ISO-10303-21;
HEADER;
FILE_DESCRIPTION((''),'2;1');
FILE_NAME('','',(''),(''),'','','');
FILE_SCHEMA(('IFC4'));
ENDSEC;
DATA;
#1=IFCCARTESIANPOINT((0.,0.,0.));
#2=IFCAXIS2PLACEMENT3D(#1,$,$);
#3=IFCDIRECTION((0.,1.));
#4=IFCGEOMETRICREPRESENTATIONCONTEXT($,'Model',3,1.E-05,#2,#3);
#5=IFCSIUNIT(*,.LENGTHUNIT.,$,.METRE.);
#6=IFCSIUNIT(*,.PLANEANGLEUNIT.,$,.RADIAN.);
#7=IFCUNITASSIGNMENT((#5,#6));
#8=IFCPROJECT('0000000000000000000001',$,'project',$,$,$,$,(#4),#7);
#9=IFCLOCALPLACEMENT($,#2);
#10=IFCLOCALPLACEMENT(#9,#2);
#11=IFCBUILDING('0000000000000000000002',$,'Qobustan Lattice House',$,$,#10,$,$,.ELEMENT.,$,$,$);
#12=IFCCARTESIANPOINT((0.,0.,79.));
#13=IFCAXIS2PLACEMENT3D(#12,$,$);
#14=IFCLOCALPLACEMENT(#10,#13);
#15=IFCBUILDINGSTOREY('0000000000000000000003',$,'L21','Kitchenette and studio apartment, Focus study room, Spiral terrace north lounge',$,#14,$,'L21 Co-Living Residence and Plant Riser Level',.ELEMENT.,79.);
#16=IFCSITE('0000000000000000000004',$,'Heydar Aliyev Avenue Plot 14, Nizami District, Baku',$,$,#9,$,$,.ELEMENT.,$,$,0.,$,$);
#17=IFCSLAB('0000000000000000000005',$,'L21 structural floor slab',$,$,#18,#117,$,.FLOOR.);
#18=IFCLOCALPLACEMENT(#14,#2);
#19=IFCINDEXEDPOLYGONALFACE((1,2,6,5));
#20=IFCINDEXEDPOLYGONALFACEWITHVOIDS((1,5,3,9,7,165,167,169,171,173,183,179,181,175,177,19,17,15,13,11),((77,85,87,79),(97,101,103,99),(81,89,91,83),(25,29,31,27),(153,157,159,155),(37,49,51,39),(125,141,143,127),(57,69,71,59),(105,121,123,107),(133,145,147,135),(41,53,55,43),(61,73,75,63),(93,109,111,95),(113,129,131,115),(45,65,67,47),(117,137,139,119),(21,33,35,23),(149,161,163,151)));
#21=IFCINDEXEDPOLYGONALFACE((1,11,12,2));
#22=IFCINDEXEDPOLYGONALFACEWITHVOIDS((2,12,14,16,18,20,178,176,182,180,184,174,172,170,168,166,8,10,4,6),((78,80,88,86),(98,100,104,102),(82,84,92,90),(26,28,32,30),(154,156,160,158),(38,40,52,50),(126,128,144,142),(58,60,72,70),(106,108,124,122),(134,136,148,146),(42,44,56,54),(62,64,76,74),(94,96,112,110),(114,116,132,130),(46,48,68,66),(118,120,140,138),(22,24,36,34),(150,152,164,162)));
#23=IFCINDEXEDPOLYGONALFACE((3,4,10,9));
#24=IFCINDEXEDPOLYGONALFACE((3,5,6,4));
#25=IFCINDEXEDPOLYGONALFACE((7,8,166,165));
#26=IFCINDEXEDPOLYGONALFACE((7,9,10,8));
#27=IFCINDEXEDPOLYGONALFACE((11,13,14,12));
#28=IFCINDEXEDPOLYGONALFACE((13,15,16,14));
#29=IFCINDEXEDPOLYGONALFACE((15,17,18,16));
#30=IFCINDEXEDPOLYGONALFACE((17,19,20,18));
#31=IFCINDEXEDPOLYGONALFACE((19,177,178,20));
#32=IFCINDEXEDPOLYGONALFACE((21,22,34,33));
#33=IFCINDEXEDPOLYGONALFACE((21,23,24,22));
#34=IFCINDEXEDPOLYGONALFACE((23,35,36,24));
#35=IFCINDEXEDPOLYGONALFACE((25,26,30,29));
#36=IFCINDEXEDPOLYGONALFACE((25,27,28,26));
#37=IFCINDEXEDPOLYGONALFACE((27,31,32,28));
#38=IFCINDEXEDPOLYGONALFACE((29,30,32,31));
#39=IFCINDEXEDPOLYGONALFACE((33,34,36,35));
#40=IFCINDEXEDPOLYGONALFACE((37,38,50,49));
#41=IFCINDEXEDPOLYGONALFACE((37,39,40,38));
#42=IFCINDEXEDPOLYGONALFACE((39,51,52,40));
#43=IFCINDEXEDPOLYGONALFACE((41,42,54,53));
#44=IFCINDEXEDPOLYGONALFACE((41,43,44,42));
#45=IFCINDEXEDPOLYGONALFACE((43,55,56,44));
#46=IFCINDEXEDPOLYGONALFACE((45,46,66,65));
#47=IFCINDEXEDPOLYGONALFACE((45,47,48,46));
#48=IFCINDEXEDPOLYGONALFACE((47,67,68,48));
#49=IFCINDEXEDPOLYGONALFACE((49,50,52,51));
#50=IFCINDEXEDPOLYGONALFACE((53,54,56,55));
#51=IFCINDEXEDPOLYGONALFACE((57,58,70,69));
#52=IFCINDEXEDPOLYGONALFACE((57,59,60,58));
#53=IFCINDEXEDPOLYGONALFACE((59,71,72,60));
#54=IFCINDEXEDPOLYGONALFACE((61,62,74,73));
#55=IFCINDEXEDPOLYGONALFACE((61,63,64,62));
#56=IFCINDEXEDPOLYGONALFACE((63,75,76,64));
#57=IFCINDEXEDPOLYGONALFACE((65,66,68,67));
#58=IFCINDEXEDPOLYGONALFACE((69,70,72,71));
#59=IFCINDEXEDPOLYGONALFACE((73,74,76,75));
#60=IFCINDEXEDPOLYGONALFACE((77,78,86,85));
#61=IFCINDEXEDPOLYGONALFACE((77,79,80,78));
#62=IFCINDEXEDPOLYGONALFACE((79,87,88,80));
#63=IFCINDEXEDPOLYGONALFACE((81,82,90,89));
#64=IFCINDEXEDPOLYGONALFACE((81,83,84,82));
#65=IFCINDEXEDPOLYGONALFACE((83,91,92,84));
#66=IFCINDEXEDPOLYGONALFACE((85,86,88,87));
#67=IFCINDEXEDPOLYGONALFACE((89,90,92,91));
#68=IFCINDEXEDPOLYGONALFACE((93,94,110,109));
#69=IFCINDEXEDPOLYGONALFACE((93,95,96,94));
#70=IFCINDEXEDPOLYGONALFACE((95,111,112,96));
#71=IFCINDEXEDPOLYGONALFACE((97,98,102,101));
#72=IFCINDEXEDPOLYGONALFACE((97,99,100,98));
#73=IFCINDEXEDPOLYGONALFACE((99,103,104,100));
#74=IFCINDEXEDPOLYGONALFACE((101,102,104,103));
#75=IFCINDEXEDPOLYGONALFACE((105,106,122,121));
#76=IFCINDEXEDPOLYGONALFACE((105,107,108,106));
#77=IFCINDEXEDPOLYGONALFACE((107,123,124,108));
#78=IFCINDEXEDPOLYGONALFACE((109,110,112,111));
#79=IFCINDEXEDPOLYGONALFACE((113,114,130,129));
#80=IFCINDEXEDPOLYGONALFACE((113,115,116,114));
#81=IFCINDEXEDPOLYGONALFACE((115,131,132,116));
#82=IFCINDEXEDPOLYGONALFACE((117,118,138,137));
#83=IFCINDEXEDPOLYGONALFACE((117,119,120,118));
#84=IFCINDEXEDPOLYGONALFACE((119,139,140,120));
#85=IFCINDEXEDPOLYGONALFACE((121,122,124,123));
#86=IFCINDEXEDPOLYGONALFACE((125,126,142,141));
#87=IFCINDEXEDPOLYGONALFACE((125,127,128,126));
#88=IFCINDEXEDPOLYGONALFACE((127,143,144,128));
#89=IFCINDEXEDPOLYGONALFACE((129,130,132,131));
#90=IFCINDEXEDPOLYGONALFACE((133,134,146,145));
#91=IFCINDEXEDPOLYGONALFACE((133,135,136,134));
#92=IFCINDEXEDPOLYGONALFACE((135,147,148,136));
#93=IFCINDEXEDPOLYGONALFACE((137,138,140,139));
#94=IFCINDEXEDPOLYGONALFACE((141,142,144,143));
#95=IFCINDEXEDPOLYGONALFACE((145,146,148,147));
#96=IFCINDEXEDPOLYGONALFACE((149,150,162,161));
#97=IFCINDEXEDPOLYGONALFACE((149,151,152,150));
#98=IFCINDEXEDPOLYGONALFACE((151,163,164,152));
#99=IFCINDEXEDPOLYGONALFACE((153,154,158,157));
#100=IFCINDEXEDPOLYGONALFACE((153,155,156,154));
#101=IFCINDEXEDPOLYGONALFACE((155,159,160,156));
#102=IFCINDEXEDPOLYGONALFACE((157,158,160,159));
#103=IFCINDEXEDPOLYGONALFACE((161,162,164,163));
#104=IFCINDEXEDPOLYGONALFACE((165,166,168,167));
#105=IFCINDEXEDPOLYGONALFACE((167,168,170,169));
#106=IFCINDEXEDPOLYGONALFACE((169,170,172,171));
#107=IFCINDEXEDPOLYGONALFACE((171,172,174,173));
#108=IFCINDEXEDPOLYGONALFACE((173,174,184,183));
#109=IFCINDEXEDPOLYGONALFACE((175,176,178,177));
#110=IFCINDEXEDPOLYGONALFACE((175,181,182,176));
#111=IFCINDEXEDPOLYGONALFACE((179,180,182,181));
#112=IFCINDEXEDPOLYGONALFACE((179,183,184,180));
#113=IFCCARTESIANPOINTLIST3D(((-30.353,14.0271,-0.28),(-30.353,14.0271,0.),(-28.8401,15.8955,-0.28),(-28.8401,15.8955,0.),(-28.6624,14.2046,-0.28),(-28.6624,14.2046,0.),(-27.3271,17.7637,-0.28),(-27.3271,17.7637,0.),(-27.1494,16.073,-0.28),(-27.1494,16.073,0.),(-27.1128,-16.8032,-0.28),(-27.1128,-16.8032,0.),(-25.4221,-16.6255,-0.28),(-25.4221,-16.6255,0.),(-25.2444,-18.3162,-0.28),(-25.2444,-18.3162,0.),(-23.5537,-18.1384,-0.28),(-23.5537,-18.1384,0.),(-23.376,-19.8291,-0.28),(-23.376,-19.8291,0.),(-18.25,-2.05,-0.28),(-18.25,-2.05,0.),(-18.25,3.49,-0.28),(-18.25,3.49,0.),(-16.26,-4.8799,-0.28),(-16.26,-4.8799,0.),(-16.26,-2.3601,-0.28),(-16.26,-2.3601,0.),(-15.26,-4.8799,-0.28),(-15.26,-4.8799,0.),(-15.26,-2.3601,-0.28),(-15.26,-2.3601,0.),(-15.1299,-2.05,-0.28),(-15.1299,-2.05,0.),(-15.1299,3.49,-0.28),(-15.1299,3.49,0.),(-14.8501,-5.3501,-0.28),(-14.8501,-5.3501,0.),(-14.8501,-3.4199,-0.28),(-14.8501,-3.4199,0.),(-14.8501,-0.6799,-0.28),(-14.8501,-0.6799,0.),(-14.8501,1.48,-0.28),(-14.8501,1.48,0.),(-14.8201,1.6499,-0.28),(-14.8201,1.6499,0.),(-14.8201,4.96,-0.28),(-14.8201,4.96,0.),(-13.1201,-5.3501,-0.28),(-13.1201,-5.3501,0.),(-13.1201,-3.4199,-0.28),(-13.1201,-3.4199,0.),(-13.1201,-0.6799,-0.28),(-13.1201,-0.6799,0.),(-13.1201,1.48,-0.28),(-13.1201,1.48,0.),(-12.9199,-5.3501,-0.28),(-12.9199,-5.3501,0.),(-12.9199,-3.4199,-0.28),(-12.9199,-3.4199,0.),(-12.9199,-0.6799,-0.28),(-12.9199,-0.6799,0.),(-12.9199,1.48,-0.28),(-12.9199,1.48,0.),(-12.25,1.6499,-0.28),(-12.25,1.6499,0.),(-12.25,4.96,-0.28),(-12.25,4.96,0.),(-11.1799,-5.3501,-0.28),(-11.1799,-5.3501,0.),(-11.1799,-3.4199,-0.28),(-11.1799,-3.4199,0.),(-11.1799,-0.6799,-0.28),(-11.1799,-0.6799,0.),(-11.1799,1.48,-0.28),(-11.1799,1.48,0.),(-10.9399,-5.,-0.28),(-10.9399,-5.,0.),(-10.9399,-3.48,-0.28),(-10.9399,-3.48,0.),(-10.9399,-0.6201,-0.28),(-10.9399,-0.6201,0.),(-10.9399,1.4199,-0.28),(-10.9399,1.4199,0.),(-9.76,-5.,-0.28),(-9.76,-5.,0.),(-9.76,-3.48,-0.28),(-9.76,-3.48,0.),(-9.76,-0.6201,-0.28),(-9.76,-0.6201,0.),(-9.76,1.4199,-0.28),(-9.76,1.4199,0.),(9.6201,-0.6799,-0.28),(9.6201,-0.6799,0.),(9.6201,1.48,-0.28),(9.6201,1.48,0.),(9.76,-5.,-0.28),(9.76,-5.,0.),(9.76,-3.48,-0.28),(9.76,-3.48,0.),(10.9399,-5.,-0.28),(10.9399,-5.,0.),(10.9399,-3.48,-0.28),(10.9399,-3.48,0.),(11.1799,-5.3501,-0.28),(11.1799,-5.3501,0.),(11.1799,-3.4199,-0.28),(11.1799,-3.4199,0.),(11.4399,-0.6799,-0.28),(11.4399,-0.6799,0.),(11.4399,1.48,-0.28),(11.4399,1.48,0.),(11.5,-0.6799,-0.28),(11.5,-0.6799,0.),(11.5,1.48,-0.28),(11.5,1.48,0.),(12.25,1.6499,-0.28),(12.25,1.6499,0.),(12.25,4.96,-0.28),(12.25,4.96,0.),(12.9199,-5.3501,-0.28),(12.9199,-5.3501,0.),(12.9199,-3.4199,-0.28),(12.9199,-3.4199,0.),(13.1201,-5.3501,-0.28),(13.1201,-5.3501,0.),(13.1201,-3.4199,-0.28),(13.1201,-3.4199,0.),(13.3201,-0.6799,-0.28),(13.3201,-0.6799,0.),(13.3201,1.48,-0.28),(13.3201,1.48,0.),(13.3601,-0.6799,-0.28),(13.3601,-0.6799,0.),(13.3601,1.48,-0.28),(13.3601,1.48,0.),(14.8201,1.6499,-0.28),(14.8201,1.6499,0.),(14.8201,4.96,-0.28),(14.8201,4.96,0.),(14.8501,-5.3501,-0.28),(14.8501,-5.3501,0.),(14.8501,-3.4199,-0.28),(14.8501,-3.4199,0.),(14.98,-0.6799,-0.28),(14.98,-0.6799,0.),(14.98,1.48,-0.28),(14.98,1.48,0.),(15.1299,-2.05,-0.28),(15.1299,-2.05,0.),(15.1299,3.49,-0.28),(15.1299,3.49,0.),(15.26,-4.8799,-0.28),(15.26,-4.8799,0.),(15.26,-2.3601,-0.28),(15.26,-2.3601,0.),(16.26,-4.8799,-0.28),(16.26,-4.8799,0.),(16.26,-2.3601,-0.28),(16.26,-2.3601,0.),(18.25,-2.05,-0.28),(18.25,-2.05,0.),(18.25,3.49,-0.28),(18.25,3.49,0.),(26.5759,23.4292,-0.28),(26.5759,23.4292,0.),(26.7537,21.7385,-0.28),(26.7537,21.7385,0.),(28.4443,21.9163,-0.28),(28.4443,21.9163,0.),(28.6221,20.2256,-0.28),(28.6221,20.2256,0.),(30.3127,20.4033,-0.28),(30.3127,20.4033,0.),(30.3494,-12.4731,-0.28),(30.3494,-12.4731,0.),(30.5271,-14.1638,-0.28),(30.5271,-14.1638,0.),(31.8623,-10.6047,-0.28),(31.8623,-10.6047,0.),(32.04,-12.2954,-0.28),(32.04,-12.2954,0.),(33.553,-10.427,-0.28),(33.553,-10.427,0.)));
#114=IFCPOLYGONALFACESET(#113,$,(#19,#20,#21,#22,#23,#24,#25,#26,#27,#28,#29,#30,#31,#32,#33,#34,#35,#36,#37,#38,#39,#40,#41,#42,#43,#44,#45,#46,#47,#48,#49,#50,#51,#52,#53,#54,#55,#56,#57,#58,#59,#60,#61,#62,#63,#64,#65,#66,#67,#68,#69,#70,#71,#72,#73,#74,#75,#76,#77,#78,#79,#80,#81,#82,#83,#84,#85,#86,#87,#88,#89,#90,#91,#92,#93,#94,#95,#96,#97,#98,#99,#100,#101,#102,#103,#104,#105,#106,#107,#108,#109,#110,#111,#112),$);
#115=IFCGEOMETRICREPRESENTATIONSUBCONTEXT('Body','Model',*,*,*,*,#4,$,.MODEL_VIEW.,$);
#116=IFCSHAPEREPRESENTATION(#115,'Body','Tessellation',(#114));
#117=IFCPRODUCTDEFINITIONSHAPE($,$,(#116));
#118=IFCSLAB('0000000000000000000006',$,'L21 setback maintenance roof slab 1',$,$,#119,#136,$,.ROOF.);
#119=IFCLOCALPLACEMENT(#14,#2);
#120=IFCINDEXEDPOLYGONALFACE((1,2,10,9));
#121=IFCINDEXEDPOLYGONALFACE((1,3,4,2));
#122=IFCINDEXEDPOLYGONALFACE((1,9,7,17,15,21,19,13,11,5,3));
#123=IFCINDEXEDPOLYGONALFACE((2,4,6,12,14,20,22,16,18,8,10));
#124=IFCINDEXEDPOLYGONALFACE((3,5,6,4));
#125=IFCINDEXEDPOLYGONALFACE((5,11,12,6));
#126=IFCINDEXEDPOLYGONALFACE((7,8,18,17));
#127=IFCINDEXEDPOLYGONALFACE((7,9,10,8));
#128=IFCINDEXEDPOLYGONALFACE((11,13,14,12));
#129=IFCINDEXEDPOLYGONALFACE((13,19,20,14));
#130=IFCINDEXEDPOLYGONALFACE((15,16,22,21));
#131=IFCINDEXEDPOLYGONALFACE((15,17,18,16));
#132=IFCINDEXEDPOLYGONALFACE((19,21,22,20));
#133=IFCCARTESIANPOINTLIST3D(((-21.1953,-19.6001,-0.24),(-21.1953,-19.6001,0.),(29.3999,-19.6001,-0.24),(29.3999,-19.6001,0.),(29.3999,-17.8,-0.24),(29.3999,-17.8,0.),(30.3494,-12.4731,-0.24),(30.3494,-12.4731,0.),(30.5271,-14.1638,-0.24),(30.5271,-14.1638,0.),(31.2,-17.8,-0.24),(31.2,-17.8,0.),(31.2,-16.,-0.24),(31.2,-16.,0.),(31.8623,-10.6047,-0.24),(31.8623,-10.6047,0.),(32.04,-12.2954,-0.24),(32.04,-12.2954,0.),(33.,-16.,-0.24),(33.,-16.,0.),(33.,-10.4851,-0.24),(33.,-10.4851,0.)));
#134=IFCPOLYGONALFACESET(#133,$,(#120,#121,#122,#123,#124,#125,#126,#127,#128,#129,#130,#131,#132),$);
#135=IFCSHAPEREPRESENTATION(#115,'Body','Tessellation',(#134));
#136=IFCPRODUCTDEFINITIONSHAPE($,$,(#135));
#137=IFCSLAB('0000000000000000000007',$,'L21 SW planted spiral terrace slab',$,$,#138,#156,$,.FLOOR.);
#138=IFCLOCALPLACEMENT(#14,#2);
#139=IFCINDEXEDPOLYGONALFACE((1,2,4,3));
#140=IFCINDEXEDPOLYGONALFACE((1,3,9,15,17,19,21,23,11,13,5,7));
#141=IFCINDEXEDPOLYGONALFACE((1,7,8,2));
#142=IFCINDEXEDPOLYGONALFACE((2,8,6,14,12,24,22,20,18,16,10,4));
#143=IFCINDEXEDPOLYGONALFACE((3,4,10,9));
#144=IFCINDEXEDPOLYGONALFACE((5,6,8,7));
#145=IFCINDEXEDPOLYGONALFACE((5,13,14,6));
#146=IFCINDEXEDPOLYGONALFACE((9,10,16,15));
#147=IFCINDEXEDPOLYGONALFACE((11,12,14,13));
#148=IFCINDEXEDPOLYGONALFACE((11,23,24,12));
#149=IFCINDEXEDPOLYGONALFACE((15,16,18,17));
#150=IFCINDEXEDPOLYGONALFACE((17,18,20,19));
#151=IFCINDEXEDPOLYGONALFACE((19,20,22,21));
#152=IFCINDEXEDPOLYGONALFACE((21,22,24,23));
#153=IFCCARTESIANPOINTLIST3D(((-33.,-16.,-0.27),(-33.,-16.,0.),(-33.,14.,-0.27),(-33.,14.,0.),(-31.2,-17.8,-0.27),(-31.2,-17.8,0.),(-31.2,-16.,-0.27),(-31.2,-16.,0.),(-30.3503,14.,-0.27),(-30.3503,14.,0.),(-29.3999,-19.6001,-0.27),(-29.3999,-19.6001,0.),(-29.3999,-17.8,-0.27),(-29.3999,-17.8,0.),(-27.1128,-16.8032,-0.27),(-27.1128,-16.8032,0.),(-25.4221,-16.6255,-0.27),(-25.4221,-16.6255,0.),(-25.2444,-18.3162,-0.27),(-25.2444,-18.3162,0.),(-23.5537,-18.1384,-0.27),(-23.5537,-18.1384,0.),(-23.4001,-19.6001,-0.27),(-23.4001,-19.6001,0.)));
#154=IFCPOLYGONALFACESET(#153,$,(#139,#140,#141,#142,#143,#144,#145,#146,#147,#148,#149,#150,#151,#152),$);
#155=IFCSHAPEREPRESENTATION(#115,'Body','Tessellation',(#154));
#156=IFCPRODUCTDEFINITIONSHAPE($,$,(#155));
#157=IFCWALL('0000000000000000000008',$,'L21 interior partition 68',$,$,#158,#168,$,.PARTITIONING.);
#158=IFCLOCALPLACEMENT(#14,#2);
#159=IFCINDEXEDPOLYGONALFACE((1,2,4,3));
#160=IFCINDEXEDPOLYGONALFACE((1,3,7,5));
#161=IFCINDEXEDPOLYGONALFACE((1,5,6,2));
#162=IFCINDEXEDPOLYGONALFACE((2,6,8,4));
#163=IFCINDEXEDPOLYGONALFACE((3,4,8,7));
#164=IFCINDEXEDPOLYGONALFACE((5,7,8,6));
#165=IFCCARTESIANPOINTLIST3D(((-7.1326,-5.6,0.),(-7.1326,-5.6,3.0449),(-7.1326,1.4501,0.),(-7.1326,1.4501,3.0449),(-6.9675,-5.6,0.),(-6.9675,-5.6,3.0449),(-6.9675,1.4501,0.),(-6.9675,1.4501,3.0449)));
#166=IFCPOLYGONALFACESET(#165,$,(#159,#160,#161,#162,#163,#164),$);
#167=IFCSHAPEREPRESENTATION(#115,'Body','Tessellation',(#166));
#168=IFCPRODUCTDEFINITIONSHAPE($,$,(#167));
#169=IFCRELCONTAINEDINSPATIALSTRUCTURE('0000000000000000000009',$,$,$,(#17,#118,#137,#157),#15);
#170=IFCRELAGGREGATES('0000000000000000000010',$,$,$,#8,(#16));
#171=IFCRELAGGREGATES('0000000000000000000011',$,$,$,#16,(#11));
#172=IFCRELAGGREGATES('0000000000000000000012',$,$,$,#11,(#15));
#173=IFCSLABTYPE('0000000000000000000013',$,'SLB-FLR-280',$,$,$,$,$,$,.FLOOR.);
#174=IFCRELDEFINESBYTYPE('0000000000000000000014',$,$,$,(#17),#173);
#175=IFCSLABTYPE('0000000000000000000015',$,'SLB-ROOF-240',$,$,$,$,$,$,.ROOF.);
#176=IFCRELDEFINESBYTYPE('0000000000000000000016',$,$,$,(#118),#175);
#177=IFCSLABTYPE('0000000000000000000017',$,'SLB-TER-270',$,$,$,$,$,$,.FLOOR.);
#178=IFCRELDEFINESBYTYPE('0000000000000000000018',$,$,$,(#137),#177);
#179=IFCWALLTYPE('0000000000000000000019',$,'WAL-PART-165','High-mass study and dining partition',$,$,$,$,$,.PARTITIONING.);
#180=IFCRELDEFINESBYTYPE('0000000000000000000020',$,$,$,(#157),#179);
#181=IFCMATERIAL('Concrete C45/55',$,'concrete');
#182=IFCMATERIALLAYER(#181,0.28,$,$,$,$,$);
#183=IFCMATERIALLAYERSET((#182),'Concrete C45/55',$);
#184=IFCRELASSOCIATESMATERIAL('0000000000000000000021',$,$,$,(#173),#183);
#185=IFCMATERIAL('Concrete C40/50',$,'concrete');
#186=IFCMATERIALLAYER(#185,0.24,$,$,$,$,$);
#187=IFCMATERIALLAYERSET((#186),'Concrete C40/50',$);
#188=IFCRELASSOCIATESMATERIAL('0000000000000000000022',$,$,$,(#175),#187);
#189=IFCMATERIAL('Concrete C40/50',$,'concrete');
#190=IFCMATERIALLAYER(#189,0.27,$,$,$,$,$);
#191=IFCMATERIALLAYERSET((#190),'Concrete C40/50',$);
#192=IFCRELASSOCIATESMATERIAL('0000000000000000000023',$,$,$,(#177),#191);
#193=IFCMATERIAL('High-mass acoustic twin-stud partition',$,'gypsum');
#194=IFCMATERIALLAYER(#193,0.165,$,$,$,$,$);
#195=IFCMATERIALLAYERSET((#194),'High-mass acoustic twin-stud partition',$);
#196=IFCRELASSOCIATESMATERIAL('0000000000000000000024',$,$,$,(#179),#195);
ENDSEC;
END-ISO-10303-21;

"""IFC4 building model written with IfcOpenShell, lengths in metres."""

from ifc_helpers import new_model, si_unit, direction, frame, frame_2d, origin, place, context, subcontext, project, spatial, polyline, rectangle, outline, extrude, material, layer, layer_set, type_object, element, save


model = new_model("IFC4")

# Units and contexts
model_context = context("Model", 3, precision=1e-05, world=origin(), true_north=direction((0.0, 1.0)))
body_context = subcontext(model_context, "Body", "Model", "MODEL_VIEW")
ifc_project = project(units=[si_unit("LENGTHUNIT", "METRE"), si_unit("PLANEANGLEUNIT", "RADIAN")], contexts=[model_context])

# Site, building, storey
site_placement = place(None, origin())
site = spatial("IfcSite", under=ifc_project, at=site_placement, Name="Heydar Aliyev Avenue Plot 14, Nizami District, Baku", CompositionType="ELEMENT", RefElevation=0.0)
building_placement = place(site_placement, origin())
building = spatial("IfcBuilding", under=site, at=building_placement, Name="Qobustan Lattice House", CompositionType="ELEMENT")
storey_placement = place(building_placement, frame((0.0, 0.0, 79.0)))
storey = spatial("IfcBuildingStorey", under=building, at=storey_placement, Name="L21", Description="Kitchenette and studio apartment, Focus study room, Spiral terrace north lounge", LongName="L21 Co-Living Residence and Plant Riser Level", CompositionType="ELEMENT", Elevation=79.0)

# Slabs
ifc_material_1 = material(Name="Concrete C45/55", Category="concrete")
ifc_layer_1 = layer(ifc_material_1, 0.28)
ifc_layer_set_1 = layer_set([ifc_layer_1], Name="Concrete C45/55")
slab_type_1 = type_object("IfcSlabType", Name="SLB-FLR-280", PredefinedType="FLOOR", material=ifc_layer_set_1)
slab_1_placement = place(storey_placement, frame((0.0, 0.0, -0.28)))
element("IfcSlab", 1, at=slab_1_placement, inside=storey, type_object=slab_type_1, Name="L21 structural floor slab", PredefinedType="FLOOR", context=body_context, shape_type="SweptSolid", body=[
    extrude(outline(polyline([(-23.376, -19.8291), (30.5271, -14.1638), (30.3494, -12.4731), (32.04, -12.2954), (31.8623, -10.6047), (33.553, -10.427), (30.3127, 20.4033), (28.6221, 20.2256), (28.4443, 21.9163), (26.7537, 21.7385), (26.5759, 23.4292), (-27.3271, 17.7637), (-27.1494, 16.073), (-28.8401, 15.8955), (-28.6624, 14.2046), (-30.353, 14.0271), (-27.1128, -16.8032), (-25.4221, -16.6255), (-25.2444, -18.3162), (-23.5537, -18.1384), (-23.376, -19.8291)]), holes=[polyline([(-18.25, -2.05), (-18.25, 3.49), (-15.1299, 3.49), (-15.1299, -2.05), (-18.25, -2.05)]), polyline([(15.1299, -2.05), (15.1299, 3.49), (18.25, 3.49), (18.25, -2.05), (15.1299, -2.05)]), polyline([(-14.8201, 1.6499), (-14.8201, 4.96), (-12.25, 4.96), (-12.25, 1.6499), (-14.8201, 1.6499)]), polyline([(12.25, 1.6499), (12.25, 4.96), (14.8201, 4.96), (14.8201, 1.6499), (12.25, 1.6499)]), polyline([(-16.26, -4.8799), (-16.26, -2.3601), (-15.26, -2.3601), (-15.26, -4.8799), (-16.26, -4.8799)]), polyline([(15.26, -4.8799), (15.26, -2.3601), (16.26, -2.3601), (16.26, -4.8799), (15.26, -4.8799)]), polyline([(-14.8501, -5.3501), (-14.8501, -3.4199), (-13.1201, -3.4199), (-13.1201, -5.3501), (-14.8501, -5.3501)]), polyline([(-12.9199, -5.3501), (-12.9199, -3.4199), (-11.1799, -3.4199), (-11.1799, -5.3501), (-12.9199, -5.3501)]), polyline([(-14.8501, -0.6799), (-14.8501, 1.48), (-13.1201, 1.48), (-13.1201, -0.6799), (-14.8501, -0.6799)]), polyline([(-12.9199, -0.6799), (-12.9199, 1.48), (-11.1799, 1.48), (-11.1799, -0.6799), (-12.9199, -0.6799)]), polyline([(-10.9399, -5.0), (-10.9399, -3.48), (-9.76, -3.48), (-9.76, -5.0), (-10.9399, -5.0)]), polyline([(-10.9399, -0.6201), (-10.9399, 1.4199), (-9.76, 1.4199), (-9.76, -0.6201), (-10.9399, -0.6201)]), polyline([(11.1799, -5.3501), (11.1799, -3.4199), (12.9199, -3.4199), (12.9199, -5.3501), (11.1799, -5.3501)]), polyline([(13.1201, -5.3501), (13.1201, -3.4199), (14.8501, -3.4199), (14.8501, -5.3501), (13.1201, -5.3501)]), polyline([(9.76, -5.0), (9.76, -3.48), (10.9399, -3.48), (10.9399, -5.0), (9.76, -5.0)]), polyline([(13.3601, -0.6799), (13.3601, 1.48), (14.98, 1.48), (14.98, -0.6799), (13.3601, -0.6799)]), polyline([(9.6201, -0.6799), (9.6201, 1.48), (11.4399, 1.48), (11.4399, -0.6799), (9.6201, -0.6799)]), polyline([(11.5, -0.6799), (11.5, 1.48), (13.3201, 1.48), (13.3201, -0.6799), (11.5, -0.6799)])]), origin(), (0.0, 0.0, 1.0), 0.28),
])
ifc_material_2 = material(Name="Concrete C40/50", Category="concrete")
ifc_layer_2 = layer(ifc_material_2, 0.24)
ifc_layer_set_2 = layer_set([ifc_layer_2], Name="Concrete C40/50")
slab_type_2 = type_object("IfcSlabType", Name="SLB-ROOF-240", PredefinedType="ROOF", material=ifc_layer_set_2)
slab_2_placement = place(storey_placement, frame((0.0, 0.0, -0.24)))
element("IfcSlab", 2, at=slab_2_placement, inside=storey, type_object=slab_type_2, Name="L21 setback maintenance roof slab 1", PredefinedType="ROOF", context=body_context, shape_type="SweptSolid", body=[
    extrude(outline(polyline([(33.0, -16.0), (33.0, -10.4851), (31.8623, -10.6047), (32.04, -12.2954), (30.3494, -12.4731), (30.5271, -14.1638), (-21.1953, -19.6001), (29.3999, -19.6001), (29.3999, -17.8), (31.2, -17.8), (31.2, -16.0), (33.0, -16.0)])), origin(), (0.0, 0.0, 1.0), 0.24),
])
ifc_material_3 = material(Name="Concrete C40/50", Category="concrete")
ifc_layer_3 = layer(ifc_material_3, 0.27)
ifc_layer_set_3 = layer_set([ifc_layer_3], Name="Concrete C40/50")
slab_type_3 = type_object("IfcSlabType", Name="SLB-TER-270", PredefinedType="FLOOR", material=ifc_layer_set_3)
slab_3_placement = place(storey_placement, frame((0.0, 0.0, -0.27)))
element("IfcSlab", 3, at=slab_3_placement, inside=storey, type_object=slab_type_3, Name="L21 SW planted spiral terrace slab", PredefinedType="FLOOR", context=body_context, shape_type="SweptSolid", body=[
    extrude(outline(polyline([(-29.3999, -19.6001), (-23.4001, -19.6001), (-23.5537, -18.1384), (-25.2444, -18.3162), (-25.4221, -16.6255), (-27.1128, -16.8032), (-30.3503, 14.0), (-33.0, 14.0), (-33.0, -16.0), (-31.2, -16.0), (-31.2, -17.8), (-29.3999, -17.8), (-29.3999, -19.6001)])), origin(), (0.0, 0.0, 1.0), 0.27),
])

# Wall
ifc_material_4 = material(Name="High-mass acoustic twin-stud partition", Category="gypsum")
ifc_layer_4 = layer(ifc_material_4, 0.165)
ifc_layer_set_4 = layer_set([ifc_layer_4], Name="High-mass acoustic twin-stud partition")
wall_type_1 = type_object("IfcWallType", Name="WAL-PART-165", Description="High-mass study and dining partition", PredefinedType="PARTITIONING", material=ifc_layer_set_4)
wall_1_placement = place(storey_placement, frame((-7.05, 1.45, 0.0), z_axis=(0.0, 0.0, 1.0), x_axis=(0.0, -1.0, 0.0)))
element("IfcWall", 4, at=wall_1_placement, inside=storey, type_object=wall_type_1, Name="L21 interior partition 68", PredefinedType="PARTITIONING", context=body_context, shape_type="SweptSolid", body=[
    extrude(rectangle(XDim=7.05, YDim=0.165, at=frame_2d((3.5249, 0.0))), origin(), (0.0, 0.0, 1.0), 3.0449),
])

save(model, "model.ifc")
